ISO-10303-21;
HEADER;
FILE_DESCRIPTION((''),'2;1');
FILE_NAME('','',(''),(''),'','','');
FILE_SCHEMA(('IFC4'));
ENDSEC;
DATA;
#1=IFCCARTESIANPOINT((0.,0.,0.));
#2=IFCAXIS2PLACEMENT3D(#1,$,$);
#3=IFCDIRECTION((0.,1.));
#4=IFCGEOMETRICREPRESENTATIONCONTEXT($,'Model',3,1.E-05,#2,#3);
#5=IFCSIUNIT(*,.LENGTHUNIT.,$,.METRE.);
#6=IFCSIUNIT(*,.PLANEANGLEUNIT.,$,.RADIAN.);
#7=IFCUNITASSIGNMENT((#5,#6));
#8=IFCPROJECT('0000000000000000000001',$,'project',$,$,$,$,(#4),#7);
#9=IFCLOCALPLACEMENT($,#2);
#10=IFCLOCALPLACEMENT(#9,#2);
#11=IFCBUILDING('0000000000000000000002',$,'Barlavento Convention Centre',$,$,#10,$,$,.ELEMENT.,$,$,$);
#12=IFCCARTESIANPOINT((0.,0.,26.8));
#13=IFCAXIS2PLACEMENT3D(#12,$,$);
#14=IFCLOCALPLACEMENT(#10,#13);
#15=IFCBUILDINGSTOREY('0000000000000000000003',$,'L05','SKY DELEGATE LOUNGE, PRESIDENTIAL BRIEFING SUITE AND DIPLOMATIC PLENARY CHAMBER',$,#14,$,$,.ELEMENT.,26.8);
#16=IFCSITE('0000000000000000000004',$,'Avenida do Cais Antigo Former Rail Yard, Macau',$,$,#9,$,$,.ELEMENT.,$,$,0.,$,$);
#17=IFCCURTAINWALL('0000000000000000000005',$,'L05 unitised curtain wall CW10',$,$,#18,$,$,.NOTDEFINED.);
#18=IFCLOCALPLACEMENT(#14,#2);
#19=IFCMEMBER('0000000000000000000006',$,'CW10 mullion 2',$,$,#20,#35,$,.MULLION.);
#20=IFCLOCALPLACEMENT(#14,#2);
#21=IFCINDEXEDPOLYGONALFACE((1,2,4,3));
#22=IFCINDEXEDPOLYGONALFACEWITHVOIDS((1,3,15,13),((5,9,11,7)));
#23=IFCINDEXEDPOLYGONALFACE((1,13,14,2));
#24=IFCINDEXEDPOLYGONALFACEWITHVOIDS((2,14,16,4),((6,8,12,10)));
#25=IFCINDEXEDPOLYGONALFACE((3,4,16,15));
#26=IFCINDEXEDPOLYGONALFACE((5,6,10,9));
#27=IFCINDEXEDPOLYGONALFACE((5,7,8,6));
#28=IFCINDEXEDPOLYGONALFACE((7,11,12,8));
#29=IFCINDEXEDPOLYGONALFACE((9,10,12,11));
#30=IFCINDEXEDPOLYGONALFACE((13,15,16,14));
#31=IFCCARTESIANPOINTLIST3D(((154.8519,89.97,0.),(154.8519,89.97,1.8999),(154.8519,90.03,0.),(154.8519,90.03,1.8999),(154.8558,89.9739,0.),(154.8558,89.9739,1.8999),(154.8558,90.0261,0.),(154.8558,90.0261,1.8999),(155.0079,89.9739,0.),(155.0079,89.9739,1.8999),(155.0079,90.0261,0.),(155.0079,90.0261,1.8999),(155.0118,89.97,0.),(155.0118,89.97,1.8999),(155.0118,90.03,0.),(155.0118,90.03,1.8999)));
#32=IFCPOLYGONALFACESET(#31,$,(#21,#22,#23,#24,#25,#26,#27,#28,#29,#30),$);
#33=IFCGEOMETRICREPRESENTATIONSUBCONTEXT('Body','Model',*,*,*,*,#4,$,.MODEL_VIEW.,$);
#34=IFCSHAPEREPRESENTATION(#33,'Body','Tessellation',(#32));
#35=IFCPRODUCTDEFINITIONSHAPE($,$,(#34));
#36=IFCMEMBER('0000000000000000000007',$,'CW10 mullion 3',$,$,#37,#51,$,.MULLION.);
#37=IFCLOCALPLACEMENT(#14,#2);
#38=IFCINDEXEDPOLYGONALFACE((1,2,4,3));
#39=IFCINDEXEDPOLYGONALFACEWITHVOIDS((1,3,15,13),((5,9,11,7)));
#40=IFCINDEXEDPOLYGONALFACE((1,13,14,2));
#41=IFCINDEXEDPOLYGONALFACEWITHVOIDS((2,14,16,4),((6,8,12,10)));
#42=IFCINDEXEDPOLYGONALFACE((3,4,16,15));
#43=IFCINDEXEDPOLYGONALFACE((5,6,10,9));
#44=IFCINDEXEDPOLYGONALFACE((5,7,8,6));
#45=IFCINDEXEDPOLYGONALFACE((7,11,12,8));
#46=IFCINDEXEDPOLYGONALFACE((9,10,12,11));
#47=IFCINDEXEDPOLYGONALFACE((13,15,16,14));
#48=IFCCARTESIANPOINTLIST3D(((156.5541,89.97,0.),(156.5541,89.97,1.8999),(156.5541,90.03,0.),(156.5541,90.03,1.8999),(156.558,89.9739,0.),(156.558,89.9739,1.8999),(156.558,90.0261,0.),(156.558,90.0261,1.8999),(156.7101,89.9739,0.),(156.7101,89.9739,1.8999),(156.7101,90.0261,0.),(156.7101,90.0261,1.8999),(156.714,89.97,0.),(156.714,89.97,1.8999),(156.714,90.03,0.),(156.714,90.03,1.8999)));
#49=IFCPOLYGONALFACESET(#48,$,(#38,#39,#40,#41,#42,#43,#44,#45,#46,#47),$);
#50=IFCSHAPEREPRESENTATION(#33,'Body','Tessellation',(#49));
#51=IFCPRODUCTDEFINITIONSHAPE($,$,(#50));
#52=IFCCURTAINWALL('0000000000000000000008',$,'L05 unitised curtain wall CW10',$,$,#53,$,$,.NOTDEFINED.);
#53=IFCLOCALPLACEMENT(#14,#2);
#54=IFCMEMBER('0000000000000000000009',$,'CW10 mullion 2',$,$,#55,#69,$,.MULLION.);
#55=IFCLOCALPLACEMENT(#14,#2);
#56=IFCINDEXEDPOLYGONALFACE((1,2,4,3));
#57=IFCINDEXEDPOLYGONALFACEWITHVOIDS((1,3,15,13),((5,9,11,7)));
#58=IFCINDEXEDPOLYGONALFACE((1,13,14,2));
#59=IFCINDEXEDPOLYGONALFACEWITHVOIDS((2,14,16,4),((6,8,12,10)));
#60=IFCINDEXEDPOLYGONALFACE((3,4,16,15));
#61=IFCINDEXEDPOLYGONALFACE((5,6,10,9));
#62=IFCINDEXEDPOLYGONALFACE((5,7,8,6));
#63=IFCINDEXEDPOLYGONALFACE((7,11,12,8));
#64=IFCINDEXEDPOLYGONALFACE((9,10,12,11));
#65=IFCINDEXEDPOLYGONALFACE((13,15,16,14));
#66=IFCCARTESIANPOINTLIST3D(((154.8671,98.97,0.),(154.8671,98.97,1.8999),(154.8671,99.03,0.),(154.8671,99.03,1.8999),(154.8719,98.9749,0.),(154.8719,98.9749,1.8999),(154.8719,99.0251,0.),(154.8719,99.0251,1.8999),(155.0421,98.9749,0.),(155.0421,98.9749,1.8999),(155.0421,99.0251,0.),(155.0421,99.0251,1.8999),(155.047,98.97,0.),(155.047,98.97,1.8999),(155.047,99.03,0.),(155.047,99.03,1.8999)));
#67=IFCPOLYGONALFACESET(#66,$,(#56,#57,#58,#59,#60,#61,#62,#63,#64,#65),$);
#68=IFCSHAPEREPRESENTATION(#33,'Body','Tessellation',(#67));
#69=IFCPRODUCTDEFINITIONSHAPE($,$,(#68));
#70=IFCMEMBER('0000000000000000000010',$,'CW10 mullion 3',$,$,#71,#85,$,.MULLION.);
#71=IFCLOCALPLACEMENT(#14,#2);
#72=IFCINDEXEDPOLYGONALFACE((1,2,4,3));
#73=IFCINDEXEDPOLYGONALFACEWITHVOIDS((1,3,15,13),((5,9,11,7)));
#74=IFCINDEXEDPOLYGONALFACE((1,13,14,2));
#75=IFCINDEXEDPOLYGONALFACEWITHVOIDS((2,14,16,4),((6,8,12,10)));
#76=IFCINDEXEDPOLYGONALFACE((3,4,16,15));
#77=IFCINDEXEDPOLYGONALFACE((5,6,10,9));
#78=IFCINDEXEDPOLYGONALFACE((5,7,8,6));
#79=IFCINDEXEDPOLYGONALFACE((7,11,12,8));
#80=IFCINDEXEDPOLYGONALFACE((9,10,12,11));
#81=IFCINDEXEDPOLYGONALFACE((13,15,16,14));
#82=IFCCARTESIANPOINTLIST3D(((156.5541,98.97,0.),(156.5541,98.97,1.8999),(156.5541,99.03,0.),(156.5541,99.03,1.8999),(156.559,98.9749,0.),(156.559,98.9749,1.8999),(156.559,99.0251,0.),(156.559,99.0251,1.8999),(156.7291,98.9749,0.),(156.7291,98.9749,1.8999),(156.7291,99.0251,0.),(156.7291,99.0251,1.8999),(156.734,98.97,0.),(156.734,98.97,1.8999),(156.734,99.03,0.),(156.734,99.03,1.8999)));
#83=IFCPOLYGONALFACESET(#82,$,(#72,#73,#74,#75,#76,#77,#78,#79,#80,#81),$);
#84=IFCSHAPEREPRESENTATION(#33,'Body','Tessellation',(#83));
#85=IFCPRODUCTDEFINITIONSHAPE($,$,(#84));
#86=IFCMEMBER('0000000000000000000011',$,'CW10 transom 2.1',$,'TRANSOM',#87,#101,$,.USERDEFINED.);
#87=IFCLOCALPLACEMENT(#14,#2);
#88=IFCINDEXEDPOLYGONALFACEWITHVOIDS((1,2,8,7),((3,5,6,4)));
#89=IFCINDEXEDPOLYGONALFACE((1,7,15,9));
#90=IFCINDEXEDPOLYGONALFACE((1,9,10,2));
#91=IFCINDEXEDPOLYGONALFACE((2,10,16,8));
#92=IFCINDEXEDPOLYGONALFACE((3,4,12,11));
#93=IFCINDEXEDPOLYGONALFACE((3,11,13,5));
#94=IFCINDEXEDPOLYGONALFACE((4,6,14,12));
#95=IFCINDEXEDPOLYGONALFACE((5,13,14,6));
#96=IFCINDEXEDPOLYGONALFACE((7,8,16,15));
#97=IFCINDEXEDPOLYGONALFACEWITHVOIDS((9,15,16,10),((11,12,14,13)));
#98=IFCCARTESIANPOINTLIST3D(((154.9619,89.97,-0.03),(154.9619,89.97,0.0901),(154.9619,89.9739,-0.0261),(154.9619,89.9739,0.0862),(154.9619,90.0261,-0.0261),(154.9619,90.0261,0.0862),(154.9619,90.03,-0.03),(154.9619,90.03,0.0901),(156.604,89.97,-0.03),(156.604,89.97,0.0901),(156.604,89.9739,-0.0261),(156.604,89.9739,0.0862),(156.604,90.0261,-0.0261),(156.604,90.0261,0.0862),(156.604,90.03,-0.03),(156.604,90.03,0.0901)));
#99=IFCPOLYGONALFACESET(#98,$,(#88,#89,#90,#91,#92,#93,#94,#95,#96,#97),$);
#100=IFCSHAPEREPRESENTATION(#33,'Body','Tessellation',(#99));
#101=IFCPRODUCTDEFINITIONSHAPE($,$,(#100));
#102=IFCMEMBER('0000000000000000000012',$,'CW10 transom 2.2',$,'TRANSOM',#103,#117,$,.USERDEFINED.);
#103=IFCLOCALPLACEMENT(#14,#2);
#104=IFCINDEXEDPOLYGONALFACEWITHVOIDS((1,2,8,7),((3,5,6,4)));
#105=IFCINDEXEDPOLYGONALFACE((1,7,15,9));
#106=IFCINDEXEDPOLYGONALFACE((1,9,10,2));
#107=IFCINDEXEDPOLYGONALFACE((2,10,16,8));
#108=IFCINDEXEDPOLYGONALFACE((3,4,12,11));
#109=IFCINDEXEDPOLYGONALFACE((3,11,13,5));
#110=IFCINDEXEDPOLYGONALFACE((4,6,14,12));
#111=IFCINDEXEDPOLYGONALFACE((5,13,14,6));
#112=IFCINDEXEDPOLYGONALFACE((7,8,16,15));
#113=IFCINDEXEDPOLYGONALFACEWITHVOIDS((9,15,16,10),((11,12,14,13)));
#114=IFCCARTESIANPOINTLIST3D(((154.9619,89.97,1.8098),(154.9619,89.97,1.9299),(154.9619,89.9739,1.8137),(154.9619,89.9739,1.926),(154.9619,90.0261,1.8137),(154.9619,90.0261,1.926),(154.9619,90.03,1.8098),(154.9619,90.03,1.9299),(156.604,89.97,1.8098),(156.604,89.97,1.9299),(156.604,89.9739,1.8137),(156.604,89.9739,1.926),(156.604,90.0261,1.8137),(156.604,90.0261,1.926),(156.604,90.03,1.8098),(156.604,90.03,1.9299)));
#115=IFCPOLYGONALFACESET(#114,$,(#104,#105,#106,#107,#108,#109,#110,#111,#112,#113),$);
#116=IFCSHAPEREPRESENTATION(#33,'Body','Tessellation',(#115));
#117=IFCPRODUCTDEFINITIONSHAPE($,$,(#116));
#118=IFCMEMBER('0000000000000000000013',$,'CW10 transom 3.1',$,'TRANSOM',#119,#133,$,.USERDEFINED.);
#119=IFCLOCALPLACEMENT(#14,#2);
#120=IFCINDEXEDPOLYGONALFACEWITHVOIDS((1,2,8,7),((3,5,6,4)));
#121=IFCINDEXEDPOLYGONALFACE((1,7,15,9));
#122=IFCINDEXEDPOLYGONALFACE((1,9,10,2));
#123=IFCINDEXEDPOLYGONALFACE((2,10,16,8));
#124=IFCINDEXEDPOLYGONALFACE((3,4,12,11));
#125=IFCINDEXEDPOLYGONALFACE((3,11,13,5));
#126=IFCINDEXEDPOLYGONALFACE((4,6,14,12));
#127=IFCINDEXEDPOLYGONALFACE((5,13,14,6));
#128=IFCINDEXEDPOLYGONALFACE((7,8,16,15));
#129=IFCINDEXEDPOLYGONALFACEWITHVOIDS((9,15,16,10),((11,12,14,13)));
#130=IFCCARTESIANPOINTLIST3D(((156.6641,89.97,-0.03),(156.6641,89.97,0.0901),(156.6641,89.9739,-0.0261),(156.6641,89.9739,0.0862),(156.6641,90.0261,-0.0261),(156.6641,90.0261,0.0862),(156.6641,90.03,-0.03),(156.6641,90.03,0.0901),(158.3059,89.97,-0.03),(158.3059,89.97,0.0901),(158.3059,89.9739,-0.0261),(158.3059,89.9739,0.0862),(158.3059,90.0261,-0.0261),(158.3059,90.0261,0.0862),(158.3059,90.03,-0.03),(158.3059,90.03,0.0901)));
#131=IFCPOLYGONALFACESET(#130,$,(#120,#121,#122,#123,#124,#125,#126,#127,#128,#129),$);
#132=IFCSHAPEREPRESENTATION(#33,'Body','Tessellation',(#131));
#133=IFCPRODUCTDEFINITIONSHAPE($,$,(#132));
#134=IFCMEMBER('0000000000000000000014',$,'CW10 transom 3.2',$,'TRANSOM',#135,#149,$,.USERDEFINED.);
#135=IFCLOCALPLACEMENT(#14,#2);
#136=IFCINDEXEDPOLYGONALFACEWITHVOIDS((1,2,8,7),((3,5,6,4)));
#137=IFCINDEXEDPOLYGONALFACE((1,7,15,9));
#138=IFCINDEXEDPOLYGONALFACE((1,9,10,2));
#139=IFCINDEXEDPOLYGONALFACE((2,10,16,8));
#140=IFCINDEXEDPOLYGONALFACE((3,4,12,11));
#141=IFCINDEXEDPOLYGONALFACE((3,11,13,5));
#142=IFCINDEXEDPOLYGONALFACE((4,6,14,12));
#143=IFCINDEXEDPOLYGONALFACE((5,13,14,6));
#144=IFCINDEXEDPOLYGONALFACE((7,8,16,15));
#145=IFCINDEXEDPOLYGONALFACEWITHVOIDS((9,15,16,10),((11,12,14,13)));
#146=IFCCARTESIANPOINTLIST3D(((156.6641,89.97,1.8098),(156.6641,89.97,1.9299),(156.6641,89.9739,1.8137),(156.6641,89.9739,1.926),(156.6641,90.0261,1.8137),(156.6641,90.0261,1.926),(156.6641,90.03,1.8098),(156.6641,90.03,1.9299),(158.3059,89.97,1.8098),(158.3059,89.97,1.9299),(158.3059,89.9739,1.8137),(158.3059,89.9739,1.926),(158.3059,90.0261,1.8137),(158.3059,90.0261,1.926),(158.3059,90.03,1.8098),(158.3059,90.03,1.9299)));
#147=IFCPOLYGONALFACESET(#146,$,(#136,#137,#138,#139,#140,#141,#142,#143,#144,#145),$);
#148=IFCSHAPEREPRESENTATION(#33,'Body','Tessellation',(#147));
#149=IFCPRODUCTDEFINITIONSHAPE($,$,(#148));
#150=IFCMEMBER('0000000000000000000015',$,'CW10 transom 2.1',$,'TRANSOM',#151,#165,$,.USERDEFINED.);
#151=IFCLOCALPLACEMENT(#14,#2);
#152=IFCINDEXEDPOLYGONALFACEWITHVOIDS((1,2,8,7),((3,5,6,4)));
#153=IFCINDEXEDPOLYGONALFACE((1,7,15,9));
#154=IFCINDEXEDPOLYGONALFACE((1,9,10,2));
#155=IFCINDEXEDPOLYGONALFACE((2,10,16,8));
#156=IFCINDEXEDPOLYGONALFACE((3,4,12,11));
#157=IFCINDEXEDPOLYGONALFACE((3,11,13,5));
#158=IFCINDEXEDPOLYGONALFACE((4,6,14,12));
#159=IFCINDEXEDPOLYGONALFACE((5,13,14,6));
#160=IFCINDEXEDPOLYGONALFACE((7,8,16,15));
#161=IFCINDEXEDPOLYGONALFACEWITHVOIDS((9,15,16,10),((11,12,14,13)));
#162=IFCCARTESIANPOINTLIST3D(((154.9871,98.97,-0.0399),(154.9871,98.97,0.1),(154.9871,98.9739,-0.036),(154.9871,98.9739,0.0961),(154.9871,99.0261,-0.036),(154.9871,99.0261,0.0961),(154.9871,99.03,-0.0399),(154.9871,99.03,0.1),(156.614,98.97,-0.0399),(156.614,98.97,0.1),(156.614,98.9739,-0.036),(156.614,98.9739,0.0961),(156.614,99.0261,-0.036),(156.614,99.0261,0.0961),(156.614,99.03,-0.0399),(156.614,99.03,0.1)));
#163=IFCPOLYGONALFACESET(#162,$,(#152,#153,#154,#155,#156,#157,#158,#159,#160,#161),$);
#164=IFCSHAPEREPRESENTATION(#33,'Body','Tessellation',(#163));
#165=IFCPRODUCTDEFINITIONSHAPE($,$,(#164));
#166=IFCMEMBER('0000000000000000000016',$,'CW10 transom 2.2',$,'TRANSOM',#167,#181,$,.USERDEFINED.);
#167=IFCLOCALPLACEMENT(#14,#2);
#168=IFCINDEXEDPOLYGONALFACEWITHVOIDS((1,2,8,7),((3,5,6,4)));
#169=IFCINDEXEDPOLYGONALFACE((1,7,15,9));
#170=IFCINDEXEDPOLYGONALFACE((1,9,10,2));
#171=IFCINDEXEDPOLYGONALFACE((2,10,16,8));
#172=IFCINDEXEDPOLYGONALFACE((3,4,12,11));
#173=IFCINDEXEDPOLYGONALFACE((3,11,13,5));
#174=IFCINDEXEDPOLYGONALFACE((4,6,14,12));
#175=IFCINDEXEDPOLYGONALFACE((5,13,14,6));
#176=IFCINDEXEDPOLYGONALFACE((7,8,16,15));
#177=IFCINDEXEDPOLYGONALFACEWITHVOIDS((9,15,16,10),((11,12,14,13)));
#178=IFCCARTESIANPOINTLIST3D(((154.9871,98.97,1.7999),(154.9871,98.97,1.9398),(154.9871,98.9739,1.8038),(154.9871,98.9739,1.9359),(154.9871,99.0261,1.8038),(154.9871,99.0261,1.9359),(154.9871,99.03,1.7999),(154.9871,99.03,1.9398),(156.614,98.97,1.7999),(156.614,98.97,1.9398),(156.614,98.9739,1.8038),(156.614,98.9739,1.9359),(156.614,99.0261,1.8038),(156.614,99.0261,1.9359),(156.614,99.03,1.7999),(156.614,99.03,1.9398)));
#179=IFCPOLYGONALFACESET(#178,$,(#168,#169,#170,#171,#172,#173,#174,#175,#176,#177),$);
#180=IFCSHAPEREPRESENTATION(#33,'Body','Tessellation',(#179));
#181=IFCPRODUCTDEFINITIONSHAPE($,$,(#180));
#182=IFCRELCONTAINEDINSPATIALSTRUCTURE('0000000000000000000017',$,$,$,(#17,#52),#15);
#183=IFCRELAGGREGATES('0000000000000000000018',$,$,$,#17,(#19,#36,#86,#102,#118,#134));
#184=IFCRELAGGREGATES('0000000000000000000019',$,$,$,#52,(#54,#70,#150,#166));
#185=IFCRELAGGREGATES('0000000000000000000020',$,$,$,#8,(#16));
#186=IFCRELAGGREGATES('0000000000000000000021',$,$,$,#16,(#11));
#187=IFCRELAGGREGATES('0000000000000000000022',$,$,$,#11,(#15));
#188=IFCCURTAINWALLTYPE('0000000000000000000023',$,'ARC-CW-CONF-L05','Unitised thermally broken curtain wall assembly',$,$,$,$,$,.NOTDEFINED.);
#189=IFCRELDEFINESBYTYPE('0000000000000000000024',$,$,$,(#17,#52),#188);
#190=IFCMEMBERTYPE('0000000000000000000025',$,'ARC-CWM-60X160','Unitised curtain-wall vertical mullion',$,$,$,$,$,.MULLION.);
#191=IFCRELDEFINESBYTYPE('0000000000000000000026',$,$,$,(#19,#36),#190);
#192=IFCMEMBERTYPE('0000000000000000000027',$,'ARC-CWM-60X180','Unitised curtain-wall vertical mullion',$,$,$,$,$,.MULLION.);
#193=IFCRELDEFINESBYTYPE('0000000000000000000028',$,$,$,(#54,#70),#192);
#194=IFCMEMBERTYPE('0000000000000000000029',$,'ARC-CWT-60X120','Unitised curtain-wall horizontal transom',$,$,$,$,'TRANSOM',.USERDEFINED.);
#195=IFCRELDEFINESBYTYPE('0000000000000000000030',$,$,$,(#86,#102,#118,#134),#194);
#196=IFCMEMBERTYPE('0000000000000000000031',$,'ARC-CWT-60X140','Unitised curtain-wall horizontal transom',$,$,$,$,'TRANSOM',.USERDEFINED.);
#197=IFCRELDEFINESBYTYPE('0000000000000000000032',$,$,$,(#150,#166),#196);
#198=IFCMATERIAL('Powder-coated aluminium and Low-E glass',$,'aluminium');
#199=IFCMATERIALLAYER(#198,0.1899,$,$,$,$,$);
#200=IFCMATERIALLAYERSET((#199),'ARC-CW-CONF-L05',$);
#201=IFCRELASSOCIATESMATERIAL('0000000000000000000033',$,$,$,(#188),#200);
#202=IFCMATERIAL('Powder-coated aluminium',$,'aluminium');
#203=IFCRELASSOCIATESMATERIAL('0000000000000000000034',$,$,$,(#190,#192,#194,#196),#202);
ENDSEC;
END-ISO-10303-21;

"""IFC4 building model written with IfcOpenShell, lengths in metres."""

from ifc_helpers import new_model, si_unit, direction, frame, origin, origin_2d, place, context, subcontext, project, spatial, hollow_rectangle, extrude, material, layer, layer_set, material_profile, profile_set, type_object, element, aggregate, save


model = new_model("IFC4")

# Units and contexts
model_context = context("Model", 3, precision=1e-05, world=origin(), true_north=direction((0.0, 1.0)))
body_context = subcontext(model_context, "Body", "Model", "MODEL_VIEW")
ifc_project = project(units=[si_unit("LENGTHUNIT", "METRE"), si_unit("PLANEANGLEUNIT", "RADIAN")], contexts=[model_context])

# Site, building, storey
site_placement = place(None, origin())
site = spatial("IfcSite", under=ifc_project, at=site_placement, Name="Avenida do Cais Antigo Former Rail Yard, Macau", CompositionType="ELEMENT", RefElevation=0.0)
building_placement = place(site_placement, origin())
building = spatial("IfcBuilding", under=site, at=building_placement, Name="Barlavento Convention Centre", CompositionType="ELEMENT")
storey_placement = place(building_placement, frame((0.0, 0.0, 26.8)))
storey = spatial("IfcBuildingStorey", under=building, at=storey_placement, Name="L05", Description="SKY DELEGATE LOUNGE, PRESIDENTIAL BRIEFING SUITE AND DIPLOMATIC PLENARY CHAMBER", CompositionType="ELEMENT", Elevation=26.8)

# Curtain walls, members
ifc_material_1 = material(Name="Powder-coated aluminium and Low-E glass", Category="aluminium")
ifc_layer_1 = layer(ifc_material_1, 0.1899)
ifc_layer_set_1 = layer_set([ifc_layer_1], Name="ARC-CW-CONF-L05")
curtain_wall_type = type_object("IfcCurtainWallType", Name="ARC-CW-CONF-L05", Description="Unitised thermally broken curtain wall assembly", PredefinedType="NOTDEFINED", material=ifc_layer_set_1)
curtain_wall_1_placement = place(storey_placement, origin())
curtain_wall_1 = element("IfcCurtainWall", 1, at=curtain_wall_1_placement, inside=storey, type_object=curtain_wall_type, Name="L05 unitised curtain wall CW10", PredefinedType="NOTDEFINED")
ifc_material_2 = material(Name="Powder-coated aluminium", Category="aluminium")
ifc_material_profile_1 = material_profile(ifc_material_2, hollow_rectangle(XDim=0.0601, YDim=0.1599, WallThickness=0.0039, at=origin_2d()), Name="AL-MULL 60x160x4")
ifc_profile_set_1 = profile_set([ifc_material_profile_1], Name="Powder-coated aluminium")
member_type_1 = type_object("IfcMemberType", Name="ARC-CWM-60X160", Description="Unitised curtain-wall vertical mullion", PredefinedType="MULLION", material=ifc_profile_set_1)
member_1_placement = place(storey_placement, frame((154.9319, 90.0, 0.0), z_axis=(0.0, 0.0, 1.0), x_axis=(0.0, 1.0, 0.0)))
member_1 = element("IfcMember", 2, at=member_1_placement, type_object=member_type_1, Name="CW10 mullion 2", PredefinedType="MULLION", context=body_context, shape_type="SweptSolid", body=[
    extrude(hollow_rectangle(XDim=0.0601, YDim=0.1599, WallThickness=0.0039, at=origin_2d()), origin(), (0.0, 0.0, 1.0), 1.8999),
])
member_2_placement = place(storey_placement, frame((156.634, 90.0, 0.0), z_axis=(0.0, 0.0, 1.0), x_axis=(0.0, 1.0, 0.0)))
member_2 = element("IfcMember", 3, at=member_2_placement, type_object=member_type_1, Name="CW10 mullion 3", PredefinedType="MULLION", context=body_context, shape_type="SweptSolid", body=[
    extrude(hollow_rectangle(XDim=0.0601, YDim=0.1599, WallThickness=0.0039, at=origin_2d()), origin(), (0.0, 0.0, 1.0), 1.8999),
])
curtain_wall_2_placement = place(storey_placement, origin())
curtain_wall_2 = element("IfcCurtainWall", 4, at=curtain_wall_2_placement, inside=storey, type_object=curtain_wall_type, Name="L05 unitised curtain wall CW10", PredefinedType="NOTDEFINED")
ifc_material_profile_2 = material_profile(ifc_material_2, hollow_rectangle(XDim=0.0601, YDim=0.1799, WallThickness=0.0049, at=origin_2d()), Name="AL-MULL 60x180x5")
ifc_profile_set_2 = profile_set([ifc_material_profile_2], Name="Powder-coated aluminium")
member_type_2 = type_object("IfcMemberType", Name="ARC-CWM-60X180", Description="Unitised curtain-wall vertical mullion", PredefinedType="MULLION", material=ifc_profile_set_2)
member_3_placement = place(storey_placement, frame((154.957, 99.0, 0.0), z_axis=(0.0, 0.0, 1.0), x_axis=(0.0, 1.0, 0.0)))
member_3 = element("IfcMember", 5, at=member_3_placement, type_object=member_type_2, Name="CW10 mullion 2", PredefinedType="MULLION", context=body_context, shape_type="SweptSolid", body=[
    extrude(hollow_rectangle(XDim=0.0601, YDim=0.1799, WallThickness=0.0049, at=origin_2d()), origin(), (0.0, 0.0, 1.0), 1.8999),
])
member_4_placement = place(storey_placement, frame((156.644, 99.0, 0.0), z_axis=(0.0, 0.0, 1.0), x_axis=(0.0, 1.0, 0.0)))
member_4 = element("IfcMember", 6, at=member_4_placement, type_object=member_type_2, Name="CW10 mullion 3", PredefinedType="MULLION", context=body_context, shape_type="SweptSolid", body=[
    extrude(hollow_rectangle(XDim=0.0601, YDim=0.1799, WallThickness=0.0049, at=origin_2d()), origin(), (0.0, 0.0, 1.0), 1.8999),
])

# Members
ifc_material_profile_3 = material_profile(ifc_material_2, hollow_rectangle(XDim=0.0601, YDim=0.1201, WallThickness=0.0039, at=origin_2d()), Name="AL-TRAN 60x120x4")
ifc_profile_set_3 = profile_set([ifc_material_profile_3], Name="Powder-coated aluminium")
member_type_3 = type_object("IfcMemberType", Name="ARC-CWT-60X120", Description="Unitised curtain-wall horizontal transom", ElementType="TRANSOM", PredefinedType="USERDEFINED", material=ifc_profile_set_3)
member_5_placement = place(storey_placement, frame((154.9619, 90.0, 0.03), z_axis=(1.0, 0.0, 0.0), x_axis=(0.0, 1.0, 0.0)))
member_5 = element("IfcMember", 7, at=member_5_placement, type_object=member_type_3, Name="CW10 transom 2.1", ObjectType="TRANSOM", PredefinedType="USERDEFINED", context=body_context, shape_type="SweptSolid", body=[
    extrude(hollow_rectangle(XDim=0.0601, YDim=0.1201, WallThickness=0.0039, at=origin_2d()), origin(), (0.0, 0.0, 1.0), 1.6421),
])
member_6_placement = place(storey_placement, frame((154.9619, 90.0, 1.8699), z_axis=(1.0, 0.0, 0.0), x_axis=(0.0, 1.0, 0.0)))
member_6 = element("IfcMember", 8, at=member_6_placement, type_object=member_type_3, Name="CW10 transom 2.2", ObjectType="TRANSOM", PredefinedType="USERDEFINED", context=body_context, shape_type="SweptSolid", body=[
    extrude(hollow_rectangle(XDim=0.0601, YDim=0.1201, WallThickness=0.0039, at=origin_2d()), origin(), (0.0, 0.0, 1.0), 1.6421),
])
member_7_placement = place(storey_placement, frame((156.6641, 90.0, 0.03), z_axis=(1.0, 0.0, 0.0), x_axis=(0.0, 1.0, 0.0)))
member_7 = element("IfcMember", 9, at=member_7_placement, type_object=member_type_3, Name="CW10 transom 3.1", ObjectType="TRANSOM", PredefinedType="USERDEFINED", context=body_context, shape_type="SweptSolid", body=[
    extrude(hollow_rectangle(XDim=0.0601, YDim=0.1201, WallThickness=0.0039, at=origin_2d()), origin(), (0.0, 0.0, 1.0), 1.6418),
])
member_8_placement = place(storey_placement, frame((156.6641, 90.0, 1.8699), z_axis=(1.0, 0.0, 0.0), x_axis=(0.0, 1.0, 0.0)))
member_8 = element("IfcMember", 10, at=member_8_placement, type_object=member_type_3, Name="CW10 transom 3.2", ObjectType="TRANSOM", PredefinedType="USERDEFINED", context=body_context, shape_type="SweptSolid", body=[
    extrude(hollow_rectangle(XDim=0.0601, YDim=0.1201, WallThickness=0.0039, at=origin_2d()), origin(), (0.0, 0.0, 1.0), 1.6418),
])
ifc_material_profile_4 = material_profile(ifc_material_2, hollow_rectangle(XDim=0.0601, YDim=0.1399, WallThickness=0.0039, at=origin_2d()), Name="AL-TRAN 60x140x4")
ifc_profile_set_4 = profile_set([ifc_material_profile_4], Name="Powder-coated aluminium")
member_type_4 = type_object("IfcMemberType", Name="ARC-CWT-60X140", Description="Unitised curtain-wall horizontal transom", ElementType="TRANSOM", PredefinedType="USERDEFINED", material=ifc_profile_set_4)
member_9_placement = place(storey_placement, frame((154.9871, 99.0, 0.03), z_axis=(1.0, 0.0, 0.0), x_axis=(0.0, 1.0, 0.0)))
member_9 = element("IfcMember", 11, at=member_9_placement, type_object=member_type_4, Name="CW10 transom 2.1", ObjectType="TRANSOM", PredefinedType="USERDEFINED", context=body_context, shape_type="SweptSolid", body=[
    extrude(hollow_rectangle(XDim=0.0601, YDim=0.1399, WallThickness=0.0039, at=origin_2d()), origin(), (0.0, 0.0, 1.0), 1.627),
])
member_10_placement = place(storey_placement, frame((154.9871, 99.0, 1.8699), z_axis=(1.0, 0.0, 0.0), x_axis=(0.0, 1.0, 0.0)))
member_10 = element("IfcMember", 12, at=member_10_placement, type_object=member_type_4, Name="CW10 transom 2.2", ObjectType="TRANSOM", PredefinedType="USERDEFINED", context=body_context, shape_type="SweptSolid", body=[
    extrude(hollow_rectangle(XDim=0.0601, YDim=0.1399, WallThickness=0.0039, at=origin_2d()), origin(), (0.0, 0.0, 1.0), 1.627),
])

aggregate(curtain_wall_1, [member_1, member_2, member_5, member_6, member_7, member_8])
aggregate(curtain_wall_2, [member_3, member_4, member_9, member_10])

save(model, "model.ifc")
